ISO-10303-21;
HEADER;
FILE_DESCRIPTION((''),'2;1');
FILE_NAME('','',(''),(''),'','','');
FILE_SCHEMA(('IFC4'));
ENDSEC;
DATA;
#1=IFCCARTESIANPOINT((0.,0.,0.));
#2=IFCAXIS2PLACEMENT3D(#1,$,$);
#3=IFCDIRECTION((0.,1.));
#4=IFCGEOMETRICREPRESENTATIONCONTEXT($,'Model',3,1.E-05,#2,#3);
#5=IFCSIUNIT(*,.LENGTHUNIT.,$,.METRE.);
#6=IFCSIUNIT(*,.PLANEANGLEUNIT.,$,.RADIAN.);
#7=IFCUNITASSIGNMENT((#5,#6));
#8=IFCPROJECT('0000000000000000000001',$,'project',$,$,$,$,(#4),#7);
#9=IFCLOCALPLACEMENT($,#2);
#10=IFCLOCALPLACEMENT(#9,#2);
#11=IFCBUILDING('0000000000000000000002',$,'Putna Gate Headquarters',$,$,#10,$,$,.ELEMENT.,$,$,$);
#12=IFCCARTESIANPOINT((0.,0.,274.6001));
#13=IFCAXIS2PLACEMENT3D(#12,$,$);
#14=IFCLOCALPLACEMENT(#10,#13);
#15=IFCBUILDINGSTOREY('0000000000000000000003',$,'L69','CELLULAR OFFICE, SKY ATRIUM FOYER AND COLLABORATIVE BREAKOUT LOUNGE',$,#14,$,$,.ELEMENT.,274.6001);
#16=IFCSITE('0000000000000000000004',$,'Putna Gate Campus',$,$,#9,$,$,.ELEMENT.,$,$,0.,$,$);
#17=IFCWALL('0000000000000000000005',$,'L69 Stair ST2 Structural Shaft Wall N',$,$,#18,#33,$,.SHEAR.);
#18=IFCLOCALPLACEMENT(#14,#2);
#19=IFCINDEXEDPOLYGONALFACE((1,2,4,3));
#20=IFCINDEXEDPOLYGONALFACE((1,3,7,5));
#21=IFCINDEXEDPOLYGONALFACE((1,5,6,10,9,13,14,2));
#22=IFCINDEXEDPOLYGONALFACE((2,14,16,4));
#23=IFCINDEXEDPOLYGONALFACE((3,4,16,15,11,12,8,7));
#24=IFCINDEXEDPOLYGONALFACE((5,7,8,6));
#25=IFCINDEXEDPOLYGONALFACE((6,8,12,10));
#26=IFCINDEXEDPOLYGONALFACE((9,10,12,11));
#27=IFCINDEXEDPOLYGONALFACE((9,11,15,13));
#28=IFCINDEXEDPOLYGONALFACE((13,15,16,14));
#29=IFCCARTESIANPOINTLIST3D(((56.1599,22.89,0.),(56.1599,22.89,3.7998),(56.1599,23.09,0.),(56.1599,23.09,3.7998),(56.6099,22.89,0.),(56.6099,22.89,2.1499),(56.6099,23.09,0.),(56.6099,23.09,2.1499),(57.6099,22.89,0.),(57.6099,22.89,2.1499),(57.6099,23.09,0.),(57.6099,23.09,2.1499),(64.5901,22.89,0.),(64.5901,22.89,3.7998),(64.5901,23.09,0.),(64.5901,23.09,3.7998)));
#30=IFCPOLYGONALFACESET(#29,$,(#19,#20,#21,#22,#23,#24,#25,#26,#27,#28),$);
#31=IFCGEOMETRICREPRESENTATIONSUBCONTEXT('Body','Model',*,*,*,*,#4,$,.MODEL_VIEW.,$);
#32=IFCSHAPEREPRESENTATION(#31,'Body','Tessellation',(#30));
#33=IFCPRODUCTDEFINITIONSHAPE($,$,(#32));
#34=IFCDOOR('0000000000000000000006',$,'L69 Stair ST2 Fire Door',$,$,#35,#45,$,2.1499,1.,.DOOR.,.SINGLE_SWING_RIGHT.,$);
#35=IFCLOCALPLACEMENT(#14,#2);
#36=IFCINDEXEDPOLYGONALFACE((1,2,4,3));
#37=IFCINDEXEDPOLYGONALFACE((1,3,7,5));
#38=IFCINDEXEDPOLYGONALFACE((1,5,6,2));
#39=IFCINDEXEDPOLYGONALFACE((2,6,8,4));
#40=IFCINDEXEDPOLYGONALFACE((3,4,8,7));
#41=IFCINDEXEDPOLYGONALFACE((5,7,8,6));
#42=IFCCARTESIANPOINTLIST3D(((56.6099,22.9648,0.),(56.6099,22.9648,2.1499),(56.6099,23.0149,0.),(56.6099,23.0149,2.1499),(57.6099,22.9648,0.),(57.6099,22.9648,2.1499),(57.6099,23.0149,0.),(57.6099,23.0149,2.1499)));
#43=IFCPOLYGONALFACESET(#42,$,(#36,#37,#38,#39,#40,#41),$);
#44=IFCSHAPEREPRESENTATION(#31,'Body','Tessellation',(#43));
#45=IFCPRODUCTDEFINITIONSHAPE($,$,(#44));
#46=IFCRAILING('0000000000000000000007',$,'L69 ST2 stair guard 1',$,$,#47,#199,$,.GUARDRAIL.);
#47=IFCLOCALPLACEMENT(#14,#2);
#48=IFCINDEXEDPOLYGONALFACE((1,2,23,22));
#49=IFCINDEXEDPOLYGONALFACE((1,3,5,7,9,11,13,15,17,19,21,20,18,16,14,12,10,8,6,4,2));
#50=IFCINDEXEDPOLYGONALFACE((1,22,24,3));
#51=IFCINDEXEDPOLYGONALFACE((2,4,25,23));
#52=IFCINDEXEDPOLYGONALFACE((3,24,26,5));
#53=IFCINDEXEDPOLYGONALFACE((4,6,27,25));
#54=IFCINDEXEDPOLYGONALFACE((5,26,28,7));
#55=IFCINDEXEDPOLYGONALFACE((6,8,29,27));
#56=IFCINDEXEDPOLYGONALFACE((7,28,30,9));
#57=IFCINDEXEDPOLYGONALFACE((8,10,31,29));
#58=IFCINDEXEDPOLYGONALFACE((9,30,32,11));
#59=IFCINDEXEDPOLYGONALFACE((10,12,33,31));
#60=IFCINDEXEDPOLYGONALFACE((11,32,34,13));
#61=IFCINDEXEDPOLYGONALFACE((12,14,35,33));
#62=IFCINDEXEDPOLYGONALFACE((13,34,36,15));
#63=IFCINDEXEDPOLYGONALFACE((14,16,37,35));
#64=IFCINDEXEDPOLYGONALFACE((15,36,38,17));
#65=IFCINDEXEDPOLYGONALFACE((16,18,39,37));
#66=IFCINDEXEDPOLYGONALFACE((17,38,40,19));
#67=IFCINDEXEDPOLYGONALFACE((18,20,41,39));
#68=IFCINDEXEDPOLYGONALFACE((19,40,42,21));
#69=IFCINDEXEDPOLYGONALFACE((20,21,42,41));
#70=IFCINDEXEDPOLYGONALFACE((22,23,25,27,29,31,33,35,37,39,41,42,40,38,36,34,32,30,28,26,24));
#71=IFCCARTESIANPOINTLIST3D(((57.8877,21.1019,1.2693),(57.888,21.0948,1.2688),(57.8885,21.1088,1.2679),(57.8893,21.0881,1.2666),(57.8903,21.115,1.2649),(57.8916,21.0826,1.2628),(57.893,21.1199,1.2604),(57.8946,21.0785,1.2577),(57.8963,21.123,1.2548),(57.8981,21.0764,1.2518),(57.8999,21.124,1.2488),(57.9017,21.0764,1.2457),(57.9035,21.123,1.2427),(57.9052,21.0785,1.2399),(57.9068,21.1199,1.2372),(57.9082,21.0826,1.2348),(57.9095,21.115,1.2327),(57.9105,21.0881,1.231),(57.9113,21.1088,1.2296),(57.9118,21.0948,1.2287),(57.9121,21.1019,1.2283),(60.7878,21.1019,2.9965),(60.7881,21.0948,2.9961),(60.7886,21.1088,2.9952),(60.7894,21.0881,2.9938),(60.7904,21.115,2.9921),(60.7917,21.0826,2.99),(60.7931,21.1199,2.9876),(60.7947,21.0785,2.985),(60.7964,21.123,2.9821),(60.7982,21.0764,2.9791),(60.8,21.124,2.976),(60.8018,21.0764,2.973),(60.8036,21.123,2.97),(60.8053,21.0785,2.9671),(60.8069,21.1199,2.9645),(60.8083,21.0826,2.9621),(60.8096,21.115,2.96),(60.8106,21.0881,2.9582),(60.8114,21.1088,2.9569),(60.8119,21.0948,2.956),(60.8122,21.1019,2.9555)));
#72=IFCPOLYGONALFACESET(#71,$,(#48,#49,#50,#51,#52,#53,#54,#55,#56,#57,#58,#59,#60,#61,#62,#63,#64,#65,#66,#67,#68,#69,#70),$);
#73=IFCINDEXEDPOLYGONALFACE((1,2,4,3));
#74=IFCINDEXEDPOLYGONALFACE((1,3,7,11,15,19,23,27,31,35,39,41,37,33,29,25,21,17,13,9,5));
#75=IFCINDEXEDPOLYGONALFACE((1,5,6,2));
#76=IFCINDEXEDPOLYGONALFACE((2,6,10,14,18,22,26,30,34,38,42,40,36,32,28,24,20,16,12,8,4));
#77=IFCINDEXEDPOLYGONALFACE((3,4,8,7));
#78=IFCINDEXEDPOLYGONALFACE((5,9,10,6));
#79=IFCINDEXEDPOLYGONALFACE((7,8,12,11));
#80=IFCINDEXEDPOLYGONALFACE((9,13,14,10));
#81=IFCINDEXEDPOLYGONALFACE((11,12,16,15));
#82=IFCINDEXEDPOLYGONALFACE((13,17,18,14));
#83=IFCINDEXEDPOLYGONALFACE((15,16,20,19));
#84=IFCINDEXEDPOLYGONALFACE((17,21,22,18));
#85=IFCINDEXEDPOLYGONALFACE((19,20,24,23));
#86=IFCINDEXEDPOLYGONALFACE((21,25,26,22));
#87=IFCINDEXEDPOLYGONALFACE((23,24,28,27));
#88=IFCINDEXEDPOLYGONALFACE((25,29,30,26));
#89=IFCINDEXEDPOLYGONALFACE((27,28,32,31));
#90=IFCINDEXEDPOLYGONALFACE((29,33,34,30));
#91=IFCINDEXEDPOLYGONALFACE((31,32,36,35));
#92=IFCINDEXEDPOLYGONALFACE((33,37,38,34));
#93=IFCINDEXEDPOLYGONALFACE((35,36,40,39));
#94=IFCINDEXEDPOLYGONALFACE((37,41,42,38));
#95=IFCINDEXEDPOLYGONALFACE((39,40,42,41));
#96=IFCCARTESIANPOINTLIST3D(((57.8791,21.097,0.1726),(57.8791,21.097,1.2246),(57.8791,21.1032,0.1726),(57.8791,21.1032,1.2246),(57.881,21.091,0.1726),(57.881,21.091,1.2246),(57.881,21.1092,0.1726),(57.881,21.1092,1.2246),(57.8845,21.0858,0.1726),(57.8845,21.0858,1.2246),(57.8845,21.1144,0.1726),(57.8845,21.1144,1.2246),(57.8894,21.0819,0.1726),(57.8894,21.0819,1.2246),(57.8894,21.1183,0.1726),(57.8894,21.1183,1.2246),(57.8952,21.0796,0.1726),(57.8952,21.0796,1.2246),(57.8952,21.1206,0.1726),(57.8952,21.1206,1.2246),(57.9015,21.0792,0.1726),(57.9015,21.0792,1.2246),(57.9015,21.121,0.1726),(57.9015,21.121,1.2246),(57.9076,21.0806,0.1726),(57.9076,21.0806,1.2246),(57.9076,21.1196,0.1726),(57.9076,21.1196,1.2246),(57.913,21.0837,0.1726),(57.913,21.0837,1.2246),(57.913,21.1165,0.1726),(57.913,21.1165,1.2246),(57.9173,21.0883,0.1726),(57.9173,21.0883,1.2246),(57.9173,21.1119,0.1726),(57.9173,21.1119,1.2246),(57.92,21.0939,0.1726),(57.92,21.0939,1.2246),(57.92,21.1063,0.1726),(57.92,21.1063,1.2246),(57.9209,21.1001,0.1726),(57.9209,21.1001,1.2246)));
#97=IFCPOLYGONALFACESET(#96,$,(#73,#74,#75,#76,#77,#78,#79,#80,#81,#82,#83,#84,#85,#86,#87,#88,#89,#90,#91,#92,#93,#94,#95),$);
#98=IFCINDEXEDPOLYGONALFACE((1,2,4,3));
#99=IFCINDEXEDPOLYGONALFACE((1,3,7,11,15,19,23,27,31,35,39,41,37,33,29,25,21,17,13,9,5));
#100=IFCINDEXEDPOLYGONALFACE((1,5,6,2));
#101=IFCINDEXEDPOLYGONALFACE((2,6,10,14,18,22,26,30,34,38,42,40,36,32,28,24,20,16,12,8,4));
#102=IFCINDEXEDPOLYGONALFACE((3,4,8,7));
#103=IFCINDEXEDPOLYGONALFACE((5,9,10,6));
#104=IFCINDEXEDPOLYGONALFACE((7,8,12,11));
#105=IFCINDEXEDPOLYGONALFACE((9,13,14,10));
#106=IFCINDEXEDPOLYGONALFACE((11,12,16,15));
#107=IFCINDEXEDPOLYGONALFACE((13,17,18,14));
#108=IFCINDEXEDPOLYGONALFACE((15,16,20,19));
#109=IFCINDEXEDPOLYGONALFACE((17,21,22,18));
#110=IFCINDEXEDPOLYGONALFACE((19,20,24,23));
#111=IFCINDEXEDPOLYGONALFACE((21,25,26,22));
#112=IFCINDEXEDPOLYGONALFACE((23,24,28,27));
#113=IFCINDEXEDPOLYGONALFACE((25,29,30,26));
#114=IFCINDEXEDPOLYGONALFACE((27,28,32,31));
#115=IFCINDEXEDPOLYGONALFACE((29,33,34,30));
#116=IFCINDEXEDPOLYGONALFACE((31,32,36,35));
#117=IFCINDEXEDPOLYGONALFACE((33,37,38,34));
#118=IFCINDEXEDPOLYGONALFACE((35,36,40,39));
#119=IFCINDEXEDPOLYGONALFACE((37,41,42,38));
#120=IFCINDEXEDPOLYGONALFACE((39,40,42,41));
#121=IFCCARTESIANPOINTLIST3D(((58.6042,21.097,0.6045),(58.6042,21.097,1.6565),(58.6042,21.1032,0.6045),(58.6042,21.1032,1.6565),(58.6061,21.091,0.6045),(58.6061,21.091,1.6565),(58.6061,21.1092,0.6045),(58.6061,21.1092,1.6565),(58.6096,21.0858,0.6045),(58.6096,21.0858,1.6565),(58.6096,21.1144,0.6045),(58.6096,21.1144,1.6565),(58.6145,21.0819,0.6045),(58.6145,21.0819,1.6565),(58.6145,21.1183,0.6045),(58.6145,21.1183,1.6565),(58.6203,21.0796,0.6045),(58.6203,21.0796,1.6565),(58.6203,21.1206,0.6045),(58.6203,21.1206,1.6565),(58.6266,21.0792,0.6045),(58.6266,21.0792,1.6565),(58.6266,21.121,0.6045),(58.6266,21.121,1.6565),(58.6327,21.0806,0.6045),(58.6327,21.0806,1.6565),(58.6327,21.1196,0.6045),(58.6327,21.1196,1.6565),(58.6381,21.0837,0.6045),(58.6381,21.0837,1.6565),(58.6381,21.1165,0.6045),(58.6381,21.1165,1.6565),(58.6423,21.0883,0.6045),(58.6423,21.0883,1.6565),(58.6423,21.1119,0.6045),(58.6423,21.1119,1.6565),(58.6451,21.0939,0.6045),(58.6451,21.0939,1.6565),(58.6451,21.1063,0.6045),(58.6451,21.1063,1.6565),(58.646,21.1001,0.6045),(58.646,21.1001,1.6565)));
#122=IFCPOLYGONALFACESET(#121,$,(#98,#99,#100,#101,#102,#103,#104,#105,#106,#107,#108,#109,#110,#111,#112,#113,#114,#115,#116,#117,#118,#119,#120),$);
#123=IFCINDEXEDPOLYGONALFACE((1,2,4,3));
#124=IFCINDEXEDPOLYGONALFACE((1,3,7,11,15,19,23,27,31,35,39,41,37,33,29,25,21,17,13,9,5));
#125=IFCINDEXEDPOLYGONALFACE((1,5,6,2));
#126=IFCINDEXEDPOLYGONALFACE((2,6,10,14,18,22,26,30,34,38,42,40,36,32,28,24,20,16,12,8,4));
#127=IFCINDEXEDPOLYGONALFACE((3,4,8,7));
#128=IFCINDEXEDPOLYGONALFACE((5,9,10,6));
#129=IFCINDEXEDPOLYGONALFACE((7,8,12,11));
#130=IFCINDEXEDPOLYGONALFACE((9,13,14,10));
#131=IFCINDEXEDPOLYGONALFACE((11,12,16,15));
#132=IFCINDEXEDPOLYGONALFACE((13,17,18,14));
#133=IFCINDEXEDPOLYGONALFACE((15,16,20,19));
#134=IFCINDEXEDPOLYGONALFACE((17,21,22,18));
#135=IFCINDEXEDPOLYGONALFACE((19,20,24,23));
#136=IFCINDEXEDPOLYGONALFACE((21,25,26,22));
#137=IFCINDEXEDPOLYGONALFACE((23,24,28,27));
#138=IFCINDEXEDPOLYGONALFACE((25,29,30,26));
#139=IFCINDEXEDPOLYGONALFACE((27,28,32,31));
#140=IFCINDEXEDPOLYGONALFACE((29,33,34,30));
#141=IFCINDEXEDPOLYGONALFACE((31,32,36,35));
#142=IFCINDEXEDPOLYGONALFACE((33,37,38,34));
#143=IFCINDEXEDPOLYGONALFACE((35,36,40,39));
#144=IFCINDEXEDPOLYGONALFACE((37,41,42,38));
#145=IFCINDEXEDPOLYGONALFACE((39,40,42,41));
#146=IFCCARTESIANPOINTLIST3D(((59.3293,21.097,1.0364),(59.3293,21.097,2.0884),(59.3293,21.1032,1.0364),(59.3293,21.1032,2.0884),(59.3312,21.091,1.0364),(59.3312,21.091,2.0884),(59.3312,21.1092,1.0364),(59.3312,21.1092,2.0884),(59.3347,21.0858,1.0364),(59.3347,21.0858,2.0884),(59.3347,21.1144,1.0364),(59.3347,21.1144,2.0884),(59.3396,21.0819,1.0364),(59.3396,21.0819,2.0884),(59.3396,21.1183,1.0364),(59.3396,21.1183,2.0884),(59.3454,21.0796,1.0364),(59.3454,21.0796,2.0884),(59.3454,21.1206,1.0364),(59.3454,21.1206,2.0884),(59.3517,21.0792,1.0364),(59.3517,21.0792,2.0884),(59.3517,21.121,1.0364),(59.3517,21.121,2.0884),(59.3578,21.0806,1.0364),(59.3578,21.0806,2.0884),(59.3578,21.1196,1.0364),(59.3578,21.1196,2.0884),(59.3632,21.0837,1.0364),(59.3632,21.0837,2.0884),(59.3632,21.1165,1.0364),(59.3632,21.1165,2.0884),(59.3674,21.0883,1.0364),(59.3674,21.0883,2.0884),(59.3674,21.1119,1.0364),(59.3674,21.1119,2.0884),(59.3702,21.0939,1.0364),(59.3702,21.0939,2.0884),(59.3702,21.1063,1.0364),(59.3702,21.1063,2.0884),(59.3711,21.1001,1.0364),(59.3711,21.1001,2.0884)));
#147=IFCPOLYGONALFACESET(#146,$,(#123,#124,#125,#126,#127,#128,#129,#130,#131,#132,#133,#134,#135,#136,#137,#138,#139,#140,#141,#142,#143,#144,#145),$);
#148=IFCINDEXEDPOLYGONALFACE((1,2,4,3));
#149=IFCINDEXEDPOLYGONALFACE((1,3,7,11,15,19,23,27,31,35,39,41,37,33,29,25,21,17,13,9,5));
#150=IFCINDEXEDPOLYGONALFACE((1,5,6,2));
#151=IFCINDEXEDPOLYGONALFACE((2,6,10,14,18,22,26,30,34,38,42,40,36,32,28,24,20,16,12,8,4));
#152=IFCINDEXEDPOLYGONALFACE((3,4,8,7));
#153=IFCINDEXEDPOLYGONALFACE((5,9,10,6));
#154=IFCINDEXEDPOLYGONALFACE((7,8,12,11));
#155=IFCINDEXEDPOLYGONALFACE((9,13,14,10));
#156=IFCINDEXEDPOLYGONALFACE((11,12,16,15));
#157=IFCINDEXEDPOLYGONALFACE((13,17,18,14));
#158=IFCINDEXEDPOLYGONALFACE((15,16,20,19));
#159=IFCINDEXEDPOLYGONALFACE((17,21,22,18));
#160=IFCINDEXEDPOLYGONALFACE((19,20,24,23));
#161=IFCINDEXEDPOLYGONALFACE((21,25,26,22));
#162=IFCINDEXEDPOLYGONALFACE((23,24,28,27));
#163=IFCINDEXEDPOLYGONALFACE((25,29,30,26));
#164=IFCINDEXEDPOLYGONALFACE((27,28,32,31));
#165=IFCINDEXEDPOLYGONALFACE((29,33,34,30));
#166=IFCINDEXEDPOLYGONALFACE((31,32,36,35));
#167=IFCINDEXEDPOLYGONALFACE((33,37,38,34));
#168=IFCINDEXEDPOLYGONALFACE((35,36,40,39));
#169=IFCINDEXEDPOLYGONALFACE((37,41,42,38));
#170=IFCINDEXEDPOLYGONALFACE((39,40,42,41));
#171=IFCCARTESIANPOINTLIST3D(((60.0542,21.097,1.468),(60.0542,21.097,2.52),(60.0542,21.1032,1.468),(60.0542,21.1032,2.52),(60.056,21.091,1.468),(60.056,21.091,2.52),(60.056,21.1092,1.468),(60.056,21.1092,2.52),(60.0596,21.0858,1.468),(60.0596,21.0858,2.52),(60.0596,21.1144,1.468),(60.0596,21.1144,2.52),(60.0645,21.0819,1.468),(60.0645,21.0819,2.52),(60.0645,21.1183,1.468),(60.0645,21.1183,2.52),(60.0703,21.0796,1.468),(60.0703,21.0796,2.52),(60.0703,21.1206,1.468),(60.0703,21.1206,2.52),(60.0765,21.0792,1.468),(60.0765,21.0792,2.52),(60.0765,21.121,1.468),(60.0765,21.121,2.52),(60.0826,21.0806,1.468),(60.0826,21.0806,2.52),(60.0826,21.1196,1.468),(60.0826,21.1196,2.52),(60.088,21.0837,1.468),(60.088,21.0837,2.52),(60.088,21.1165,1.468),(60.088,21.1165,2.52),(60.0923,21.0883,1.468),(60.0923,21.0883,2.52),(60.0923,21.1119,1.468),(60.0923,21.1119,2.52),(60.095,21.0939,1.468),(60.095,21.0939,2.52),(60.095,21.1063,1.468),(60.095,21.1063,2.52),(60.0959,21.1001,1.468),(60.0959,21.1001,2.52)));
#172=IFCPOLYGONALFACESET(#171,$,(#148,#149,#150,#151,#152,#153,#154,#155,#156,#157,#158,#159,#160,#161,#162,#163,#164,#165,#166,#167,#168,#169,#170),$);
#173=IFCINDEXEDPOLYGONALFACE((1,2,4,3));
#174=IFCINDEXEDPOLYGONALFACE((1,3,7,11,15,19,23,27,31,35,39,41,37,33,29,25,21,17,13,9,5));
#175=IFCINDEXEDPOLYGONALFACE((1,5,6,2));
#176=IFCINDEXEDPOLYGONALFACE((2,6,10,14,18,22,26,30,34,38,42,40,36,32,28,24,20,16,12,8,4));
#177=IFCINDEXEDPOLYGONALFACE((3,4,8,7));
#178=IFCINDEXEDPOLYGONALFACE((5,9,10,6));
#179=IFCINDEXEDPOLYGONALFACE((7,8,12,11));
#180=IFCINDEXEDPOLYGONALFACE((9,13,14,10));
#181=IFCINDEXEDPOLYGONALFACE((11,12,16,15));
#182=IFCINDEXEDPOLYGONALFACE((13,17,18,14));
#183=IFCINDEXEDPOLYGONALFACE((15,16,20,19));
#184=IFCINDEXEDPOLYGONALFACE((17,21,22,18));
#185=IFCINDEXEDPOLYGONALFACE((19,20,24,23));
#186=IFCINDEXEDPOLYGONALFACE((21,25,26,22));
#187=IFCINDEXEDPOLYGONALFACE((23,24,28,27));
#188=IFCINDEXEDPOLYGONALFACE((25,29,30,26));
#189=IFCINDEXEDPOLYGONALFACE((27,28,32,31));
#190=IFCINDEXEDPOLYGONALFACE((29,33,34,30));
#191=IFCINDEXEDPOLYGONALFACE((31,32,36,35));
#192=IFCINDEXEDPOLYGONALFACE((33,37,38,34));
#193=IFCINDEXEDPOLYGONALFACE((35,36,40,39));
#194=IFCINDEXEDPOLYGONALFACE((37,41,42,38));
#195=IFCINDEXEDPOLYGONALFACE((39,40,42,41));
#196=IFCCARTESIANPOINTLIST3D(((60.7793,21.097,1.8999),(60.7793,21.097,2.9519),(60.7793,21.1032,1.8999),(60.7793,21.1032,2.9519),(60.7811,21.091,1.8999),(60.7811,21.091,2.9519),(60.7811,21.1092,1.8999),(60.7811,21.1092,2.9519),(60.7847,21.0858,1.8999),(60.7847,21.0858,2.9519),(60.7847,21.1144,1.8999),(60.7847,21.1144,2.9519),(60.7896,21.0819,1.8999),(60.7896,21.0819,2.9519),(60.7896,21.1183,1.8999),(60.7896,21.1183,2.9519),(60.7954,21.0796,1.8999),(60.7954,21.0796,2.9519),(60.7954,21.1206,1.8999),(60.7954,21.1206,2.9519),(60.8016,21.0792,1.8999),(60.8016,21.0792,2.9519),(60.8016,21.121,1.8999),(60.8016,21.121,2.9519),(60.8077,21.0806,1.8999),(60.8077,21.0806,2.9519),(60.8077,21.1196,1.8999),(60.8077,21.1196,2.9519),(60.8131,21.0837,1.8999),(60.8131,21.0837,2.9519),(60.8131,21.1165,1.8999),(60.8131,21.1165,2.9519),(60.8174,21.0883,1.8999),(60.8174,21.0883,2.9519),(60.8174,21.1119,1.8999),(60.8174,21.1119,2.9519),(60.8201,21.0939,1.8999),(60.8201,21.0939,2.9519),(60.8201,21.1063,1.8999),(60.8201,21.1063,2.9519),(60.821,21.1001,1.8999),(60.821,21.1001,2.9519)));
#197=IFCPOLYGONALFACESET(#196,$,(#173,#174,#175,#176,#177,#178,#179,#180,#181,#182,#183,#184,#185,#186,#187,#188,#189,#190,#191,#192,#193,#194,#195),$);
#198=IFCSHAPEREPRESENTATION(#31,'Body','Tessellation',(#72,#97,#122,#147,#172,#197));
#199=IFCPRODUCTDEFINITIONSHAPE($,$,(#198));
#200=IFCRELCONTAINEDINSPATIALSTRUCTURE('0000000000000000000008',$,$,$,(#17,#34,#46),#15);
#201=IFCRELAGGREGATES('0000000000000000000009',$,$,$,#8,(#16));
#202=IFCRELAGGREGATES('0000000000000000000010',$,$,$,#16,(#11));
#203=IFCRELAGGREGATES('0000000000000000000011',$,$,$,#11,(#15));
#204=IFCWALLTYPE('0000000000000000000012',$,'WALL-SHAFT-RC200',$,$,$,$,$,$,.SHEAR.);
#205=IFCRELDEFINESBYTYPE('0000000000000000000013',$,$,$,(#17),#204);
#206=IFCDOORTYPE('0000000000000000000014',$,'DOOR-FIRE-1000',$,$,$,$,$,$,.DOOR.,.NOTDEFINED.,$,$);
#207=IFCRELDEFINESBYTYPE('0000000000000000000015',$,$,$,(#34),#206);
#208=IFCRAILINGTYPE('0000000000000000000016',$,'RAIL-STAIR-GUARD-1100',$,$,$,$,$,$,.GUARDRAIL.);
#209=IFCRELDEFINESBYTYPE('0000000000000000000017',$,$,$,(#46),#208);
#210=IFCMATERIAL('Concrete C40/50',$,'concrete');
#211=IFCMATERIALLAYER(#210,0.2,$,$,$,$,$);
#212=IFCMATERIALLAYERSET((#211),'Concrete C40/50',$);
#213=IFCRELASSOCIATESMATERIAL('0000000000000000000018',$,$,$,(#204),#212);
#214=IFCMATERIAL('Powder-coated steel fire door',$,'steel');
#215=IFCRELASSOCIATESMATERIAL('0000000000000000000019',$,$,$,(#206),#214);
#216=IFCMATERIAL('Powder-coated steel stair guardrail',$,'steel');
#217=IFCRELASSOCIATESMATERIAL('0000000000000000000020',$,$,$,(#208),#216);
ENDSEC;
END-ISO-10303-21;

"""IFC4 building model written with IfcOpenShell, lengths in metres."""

from ifc_helpers import new_model, si_unit, direction, frame, frame_2d, origin, origin_2d, place, context, subcontext, project, spatial, rectangle, circle, extrude, material, layer, layer_set, type_object, element, fill, save


model = new_model("IFC4")

# Units and contexts
model_context = context("Model", 3, precision=1e-05, world=origin(), true_north=direction((0.0, 1.0)))
body_context = subcontext(model_context, "Body", "Model", "MODEL_VIEW")
ifc_project = project(units=[si_unit("LENGTHUNIT", "METRE"), si_unit("PLANEANGLEUNIT", "RADIAN")], contexts=[model_context])

# Site, building, storey
site_placement = place(None, origin())
site = spatial("IfcSite", under=ifc_project, at=site_placement, Name="Putna Gate Campus", CompositionType="ELEMENT", RefElevation=0.0)
building_placement = place(site_placement, origin())
building = spatial("IfcBuilding", under=site, at=building_placement, Name="Putna Gate Headquarters", CompositionType="ELEMENT")
storey_placement = place(building_placement, frame((0.0, 0.0, 274.6001)))
storey = spatial("IfcBuildingStorey", under=building, at=storey_placement, Name="L69", Description="CELLULAR OFFICE, SKY ATRIUM FOYER AND COLLABORATIVE BREAKOUT LOUNGE", CompositionType="ELEMENT", Elevation=274.6001)

# Shared definitions
ifc_material_1 = material(Name="Concrete C40/50", Category="concrete")

# Wall, opening, door
ifc_layer_1 = layer(ifc_material_1, 0.2)
ifc_layer_set_1 = layer_set([ifc_layer_1], Name="Concrete C40/50")
wall_type_1 = type_object("IfcWallType", Name="WALL-SHAFT-RC200", PredefinedType="SHEAR", material=ifc_layer_set_1)
wall_1_placement = place(storey_placement, frame((56.1599, 22.99, 0.0), z_axis=(0.0, 0.0, 1.0), x_axis=(1.0, 0.0, 0.0)))
wall_1 = element("IfcWall", 1, at=wall_1_placement, inside=storey, type_object=wall_type_1, Name="L69 Stair ST2 Structural Shaft Wall N", PredefinedType="SHEAR", context=body_context, shape_type="SweptSolid", body=[
    extrude(rectangle(XDim=8.4302, YDim=0.2, at=frame_2d((4.2151, 0.0))), origin(), (0.0, 0.0, 1.0), 3.7998),
])
opening_1_placement = place(wall_1_placement, frame((0.45, 0.0, 0.0)))
opening_1 = element("IfcOpeningElement", 2, at=opening_1_placement, cuts=wall_1, PredefinedType="OPENING", context=body_context, shape_type="SweptSolid", body=[
    extrude(rectangle(XDim=1.0, YDim=2.1499, at=frame_2d((0.5, 1.075))), frame((0.0, 0.1099, 0.0), z_axis=(0.0, -1.0, 0.0), x_axis=(1.0, 0.0, 0.0)), (0.0, 0.0, 1.0), 0.22),
])
ifc_material_2 = material(Name="Powder-coated steel fire door", Category="steel")
door_type_1 = type_object("IfcDoorType", Name="DOOR-FIRE-1000", OperationType="NOTDEFINED", PredefinedType="DOOR", material=ifc_material_2)
door_1_placement = place(opening_1_placement, origin())
door_1 = element("IfcDoor", 3, at=door_1_placement, inside=storey, type_object=door_type_1, Name="L69 Stair ST2 Fire Door", OperationType="SINGLE_SWING_RIGHT", OverallHeight=2.1499, OverallWidth=1.0, PredefinedType="DOOR", context=body_context, shape_type="SweptSolid", body=[
    extrude(rectangle(XDim=1.0, YDim=2.1499, at=frame_2d((0.5, 1.075))), frame((0.0, 0.0249, 0.0), z_axis=(0.0, -1.0, 0.0), x_axis=(1.0, 0.0, 0.0)), (0.0, 0.0, 1.0), 0.05),
])
fill(opening_1, door_1)

# Railing
ifc_material_3 = material(Name="Powder-coated steel stair guardrail", Category="steel")
railing_type_1 = type_object("IfcRailingType", Name="RAIL-STAIR-GUARD-1100", PredefinedType="GUARDRAIL", material=ifc_material_3)
railing_1_placement = place(storey_placement, frame((57.8999, 21.1001, 0.1726)))
element("IfcRailing", 4, at=railing_1_placement, inside=storey, type_object=railing_type_1, Name="L69 ST2 stair guard 1", PredefinedType="GUARDRAIL", context=body_context, shape_type="SweptSolid", body=[
    extrude(circle(Radius=0.0239, at=origin_2d()), frame((0.0, 0.0, 1.0762), z_axis=(0.85916, 0.0, 0.511706), x_axis=(0.0, 1.0, 0.0)), (0.0, 0.0, 1.0), 3.3755),
    extrude(circle(Radius=0.021, at=origin_2d()), origin(), (0.0, 0.0, 1.0), 1.052),
    extrude(circle(Radius=0.021, at=origin_2d()), frame((0.7251, 0.0, 0.4319)), (0.0, 0.0, 1.0), 1.052),
    extrude(circle(Radius=0.021, at=origin_2d()), frame((1.4502, 0.0, 0.8638)), (0.0, 0.0, 1.0), 1.052),
    extrude(circle(Radius=0.021, at=origin_2d()), frame((2.175, 0.0, 1.2954)), (0.0, 0.0, 1.0), 1.052),
    extrude(circle(Radius=0.021, at=origin_2d()), frame((2.9001, 0.0, 1.7273)), (0.0, 0.0, 1.0), 1.052),
])

save(model, "model.ifc")
